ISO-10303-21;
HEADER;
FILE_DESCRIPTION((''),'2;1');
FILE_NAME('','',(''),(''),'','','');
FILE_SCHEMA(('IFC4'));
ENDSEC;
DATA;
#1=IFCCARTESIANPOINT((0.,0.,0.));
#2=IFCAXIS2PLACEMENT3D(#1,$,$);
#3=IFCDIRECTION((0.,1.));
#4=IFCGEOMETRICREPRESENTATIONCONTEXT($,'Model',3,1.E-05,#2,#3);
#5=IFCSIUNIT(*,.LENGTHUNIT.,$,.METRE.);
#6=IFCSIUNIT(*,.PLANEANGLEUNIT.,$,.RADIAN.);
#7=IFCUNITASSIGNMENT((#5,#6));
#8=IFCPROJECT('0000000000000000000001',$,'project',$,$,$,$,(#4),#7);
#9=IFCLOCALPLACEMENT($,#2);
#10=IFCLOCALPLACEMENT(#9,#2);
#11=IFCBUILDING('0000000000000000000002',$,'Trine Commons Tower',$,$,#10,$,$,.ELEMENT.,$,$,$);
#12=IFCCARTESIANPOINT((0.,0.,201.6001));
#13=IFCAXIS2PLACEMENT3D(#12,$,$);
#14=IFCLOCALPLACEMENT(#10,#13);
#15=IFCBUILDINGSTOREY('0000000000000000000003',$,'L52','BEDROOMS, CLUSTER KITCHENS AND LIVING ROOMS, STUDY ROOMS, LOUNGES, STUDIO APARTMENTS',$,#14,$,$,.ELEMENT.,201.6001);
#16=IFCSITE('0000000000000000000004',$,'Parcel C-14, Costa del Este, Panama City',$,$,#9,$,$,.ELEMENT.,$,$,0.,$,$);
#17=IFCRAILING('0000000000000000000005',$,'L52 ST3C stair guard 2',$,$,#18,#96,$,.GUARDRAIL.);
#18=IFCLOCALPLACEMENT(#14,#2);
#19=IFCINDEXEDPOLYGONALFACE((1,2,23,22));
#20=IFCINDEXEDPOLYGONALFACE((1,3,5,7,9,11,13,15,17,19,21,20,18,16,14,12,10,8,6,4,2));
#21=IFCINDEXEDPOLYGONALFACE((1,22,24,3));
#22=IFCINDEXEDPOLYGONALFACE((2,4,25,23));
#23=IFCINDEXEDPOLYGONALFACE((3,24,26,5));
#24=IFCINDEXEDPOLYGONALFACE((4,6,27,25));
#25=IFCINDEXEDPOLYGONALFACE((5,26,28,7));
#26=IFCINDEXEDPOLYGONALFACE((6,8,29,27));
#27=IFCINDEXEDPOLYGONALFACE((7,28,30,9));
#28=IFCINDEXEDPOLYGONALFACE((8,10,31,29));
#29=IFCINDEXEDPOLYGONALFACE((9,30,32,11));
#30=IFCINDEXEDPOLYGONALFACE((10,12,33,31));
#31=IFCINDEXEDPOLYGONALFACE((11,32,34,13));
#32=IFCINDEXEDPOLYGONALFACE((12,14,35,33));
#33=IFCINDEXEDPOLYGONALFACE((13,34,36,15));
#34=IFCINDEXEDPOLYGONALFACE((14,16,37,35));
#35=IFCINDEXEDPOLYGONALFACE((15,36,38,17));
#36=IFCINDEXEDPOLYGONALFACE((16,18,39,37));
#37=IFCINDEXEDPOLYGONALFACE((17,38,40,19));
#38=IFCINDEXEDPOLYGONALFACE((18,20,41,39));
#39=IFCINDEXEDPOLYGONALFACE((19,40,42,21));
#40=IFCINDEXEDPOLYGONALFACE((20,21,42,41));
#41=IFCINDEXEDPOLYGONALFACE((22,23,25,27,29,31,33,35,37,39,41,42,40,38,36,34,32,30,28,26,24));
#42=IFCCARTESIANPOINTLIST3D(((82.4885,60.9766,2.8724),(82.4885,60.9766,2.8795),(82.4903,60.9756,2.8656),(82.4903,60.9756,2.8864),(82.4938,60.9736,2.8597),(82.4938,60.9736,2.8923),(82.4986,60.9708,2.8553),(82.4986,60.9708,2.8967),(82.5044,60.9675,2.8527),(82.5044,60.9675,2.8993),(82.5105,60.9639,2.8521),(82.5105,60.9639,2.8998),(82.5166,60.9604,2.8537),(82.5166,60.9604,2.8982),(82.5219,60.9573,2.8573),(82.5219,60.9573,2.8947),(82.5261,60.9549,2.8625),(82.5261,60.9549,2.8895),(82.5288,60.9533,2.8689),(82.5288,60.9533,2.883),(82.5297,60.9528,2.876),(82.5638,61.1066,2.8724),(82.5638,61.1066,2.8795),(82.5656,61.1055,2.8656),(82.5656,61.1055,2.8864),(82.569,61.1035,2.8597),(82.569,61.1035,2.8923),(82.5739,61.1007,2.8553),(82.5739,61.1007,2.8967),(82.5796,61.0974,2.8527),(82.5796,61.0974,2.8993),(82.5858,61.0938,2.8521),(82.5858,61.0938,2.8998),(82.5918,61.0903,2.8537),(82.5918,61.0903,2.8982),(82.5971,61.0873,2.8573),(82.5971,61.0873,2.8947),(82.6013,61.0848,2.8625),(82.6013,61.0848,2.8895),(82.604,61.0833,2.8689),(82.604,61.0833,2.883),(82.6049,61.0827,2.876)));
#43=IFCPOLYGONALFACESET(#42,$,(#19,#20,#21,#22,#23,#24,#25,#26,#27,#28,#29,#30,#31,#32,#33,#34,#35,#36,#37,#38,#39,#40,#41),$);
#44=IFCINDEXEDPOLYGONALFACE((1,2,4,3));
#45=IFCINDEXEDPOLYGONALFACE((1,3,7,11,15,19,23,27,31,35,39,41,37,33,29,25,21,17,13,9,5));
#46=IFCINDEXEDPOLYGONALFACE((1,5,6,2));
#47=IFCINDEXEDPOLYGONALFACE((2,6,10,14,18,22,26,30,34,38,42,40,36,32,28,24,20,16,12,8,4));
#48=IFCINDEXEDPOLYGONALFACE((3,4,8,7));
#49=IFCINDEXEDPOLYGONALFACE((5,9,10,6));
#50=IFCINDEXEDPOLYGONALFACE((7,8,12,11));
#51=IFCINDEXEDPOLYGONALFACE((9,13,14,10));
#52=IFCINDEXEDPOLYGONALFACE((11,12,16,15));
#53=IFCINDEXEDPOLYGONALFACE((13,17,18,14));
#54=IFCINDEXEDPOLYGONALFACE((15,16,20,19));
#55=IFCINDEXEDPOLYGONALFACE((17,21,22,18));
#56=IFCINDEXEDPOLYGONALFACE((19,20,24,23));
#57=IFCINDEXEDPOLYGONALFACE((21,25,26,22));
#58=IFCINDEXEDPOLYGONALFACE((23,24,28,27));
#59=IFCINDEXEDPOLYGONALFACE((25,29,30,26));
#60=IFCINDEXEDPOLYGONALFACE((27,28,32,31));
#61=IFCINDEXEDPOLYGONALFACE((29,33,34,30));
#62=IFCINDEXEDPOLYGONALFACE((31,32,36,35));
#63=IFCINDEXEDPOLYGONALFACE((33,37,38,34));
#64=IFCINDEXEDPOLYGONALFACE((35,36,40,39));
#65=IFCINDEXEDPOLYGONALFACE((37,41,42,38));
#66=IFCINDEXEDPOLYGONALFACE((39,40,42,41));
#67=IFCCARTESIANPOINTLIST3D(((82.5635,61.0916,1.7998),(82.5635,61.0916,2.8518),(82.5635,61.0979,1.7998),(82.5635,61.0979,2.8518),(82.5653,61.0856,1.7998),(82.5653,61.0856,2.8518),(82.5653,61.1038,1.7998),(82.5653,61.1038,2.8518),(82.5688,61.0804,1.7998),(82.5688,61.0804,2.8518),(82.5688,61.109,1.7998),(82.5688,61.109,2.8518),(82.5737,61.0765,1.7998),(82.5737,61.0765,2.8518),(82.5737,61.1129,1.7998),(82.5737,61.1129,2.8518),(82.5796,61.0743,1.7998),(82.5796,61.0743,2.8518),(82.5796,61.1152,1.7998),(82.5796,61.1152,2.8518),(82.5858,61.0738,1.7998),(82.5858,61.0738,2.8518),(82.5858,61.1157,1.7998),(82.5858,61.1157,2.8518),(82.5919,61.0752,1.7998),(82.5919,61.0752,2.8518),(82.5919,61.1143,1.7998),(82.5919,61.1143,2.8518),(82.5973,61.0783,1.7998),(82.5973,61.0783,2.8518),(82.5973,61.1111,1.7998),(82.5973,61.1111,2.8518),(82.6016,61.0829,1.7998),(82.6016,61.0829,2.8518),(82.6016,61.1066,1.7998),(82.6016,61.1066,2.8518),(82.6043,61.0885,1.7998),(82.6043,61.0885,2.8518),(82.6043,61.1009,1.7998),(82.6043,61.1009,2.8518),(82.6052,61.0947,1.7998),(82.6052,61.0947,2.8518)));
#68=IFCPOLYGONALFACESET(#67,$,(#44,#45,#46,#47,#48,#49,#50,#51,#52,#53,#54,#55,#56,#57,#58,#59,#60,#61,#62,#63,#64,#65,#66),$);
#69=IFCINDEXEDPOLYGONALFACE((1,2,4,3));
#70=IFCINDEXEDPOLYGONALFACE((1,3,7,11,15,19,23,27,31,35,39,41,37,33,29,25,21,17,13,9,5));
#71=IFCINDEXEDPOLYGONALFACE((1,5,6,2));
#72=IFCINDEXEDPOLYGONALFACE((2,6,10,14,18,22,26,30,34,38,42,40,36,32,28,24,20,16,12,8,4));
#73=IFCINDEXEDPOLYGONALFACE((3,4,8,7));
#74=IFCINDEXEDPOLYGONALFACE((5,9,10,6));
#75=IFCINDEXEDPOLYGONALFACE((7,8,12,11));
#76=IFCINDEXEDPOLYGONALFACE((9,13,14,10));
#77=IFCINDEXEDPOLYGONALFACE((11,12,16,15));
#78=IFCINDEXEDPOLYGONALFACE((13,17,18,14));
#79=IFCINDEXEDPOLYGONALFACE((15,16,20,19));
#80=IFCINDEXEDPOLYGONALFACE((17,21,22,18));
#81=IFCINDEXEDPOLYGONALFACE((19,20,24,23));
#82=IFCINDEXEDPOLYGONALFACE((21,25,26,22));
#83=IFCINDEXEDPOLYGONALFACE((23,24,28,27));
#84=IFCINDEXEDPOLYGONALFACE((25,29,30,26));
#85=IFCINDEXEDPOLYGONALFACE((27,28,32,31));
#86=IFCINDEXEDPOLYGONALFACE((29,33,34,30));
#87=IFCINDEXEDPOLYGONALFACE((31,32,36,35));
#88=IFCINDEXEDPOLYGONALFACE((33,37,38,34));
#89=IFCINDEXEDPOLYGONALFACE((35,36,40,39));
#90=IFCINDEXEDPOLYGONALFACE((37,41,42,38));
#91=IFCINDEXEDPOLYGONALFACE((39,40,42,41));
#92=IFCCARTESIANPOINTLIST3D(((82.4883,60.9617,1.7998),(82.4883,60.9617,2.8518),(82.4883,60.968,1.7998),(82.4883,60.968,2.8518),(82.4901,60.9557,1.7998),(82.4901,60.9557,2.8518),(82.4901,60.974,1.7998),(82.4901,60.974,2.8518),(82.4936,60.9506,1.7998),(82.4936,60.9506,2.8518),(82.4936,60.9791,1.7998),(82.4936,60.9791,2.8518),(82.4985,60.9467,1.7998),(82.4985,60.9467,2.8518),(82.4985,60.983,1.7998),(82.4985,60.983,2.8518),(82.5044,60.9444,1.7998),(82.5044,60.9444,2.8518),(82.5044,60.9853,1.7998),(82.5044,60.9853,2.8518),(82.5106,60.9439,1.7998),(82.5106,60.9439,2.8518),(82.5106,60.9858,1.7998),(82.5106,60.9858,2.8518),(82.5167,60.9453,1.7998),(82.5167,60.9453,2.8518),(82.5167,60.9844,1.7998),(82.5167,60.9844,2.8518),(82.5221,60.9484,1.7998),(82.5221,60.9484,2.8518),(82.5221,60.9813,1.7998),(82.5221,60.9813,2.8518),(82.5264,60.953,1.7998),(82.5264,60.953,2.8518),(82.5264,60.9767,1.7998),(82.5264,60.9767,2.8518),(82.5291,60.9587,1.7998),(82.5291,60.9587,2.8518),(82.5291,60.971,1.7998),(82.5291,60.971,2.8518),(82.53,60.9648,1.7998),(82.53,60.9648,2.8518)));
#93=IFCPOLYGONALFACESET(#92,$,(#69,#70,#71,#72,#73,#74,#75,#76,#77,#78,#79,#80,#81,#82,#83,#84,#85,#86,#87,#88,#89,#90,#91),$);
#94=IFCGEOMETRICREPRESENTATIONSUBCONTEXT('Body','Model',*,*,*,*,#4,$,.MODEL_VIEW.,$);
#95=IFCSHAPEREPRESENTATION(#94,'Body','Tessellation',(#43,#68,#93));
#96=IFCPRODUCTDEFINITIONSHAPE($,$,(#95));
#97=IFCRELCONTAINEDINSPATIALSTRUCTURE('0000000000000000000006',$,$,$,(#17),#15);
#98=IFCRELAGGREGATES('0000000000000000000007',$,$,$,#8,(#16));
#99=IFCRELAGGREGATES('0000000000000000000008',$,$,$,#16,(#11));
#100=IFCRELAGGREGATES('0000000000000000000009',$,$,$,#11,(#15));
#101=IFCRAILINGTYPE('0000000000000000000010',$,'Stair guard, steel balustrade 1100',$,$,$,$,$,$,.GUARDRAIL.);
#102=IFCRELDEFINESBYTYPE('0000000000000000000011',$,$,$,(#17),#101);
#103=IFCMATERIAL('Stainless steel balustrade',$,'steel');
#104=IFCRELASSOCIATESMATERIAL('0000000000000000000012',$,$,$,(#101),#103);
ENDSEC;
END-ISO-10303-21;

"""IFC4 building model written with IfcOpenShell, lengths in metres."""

from ifc_helpers import new_model, si_unit, direction, frame, origin, origin_2d, place, context, subcontext, project, spatial, circle, extrude, material, type_object, element, save


model = new_model("IFC4")

# Units and contexts
model_context = context("Model", 3, precision=1e-05, world=origin(), true_north=direction((0.0, 1.0)))
body_context = subcontext(model_context, "Body", "Model", "MODEL_VIEW")
ifc_project = project(units=[si_unit("LENGTHUNIT", "METRE"), si_unit("PLANEANGLEUNIT", "RADIAN")], contexts=[model_context])

# Site, building, storey
site_placement = place(None, origin())
site = spatial("IfcSite", under=ifc_project, at=site_placement, Name="Parcel C-14, Costa del Este, Panama City", CompositionType="ELEMENT", RefElevation=0.0)
building_placement = place(site_placement, origin())
building = spatial("IfcBuilding", under=site, at=building_placement, Name="Trine Commons Tower", CompositionType="ELEMENT")
storey_placement = place(building_placement, frame((0.0, 0.0, 201.6001)))
storey = spatial("IfcBuildingStorey", under=building, at=storey_placement, Name="L52", Description="BEDROOMS, CLUSTER KITCHENS AND LIVING ROOMS, STUDY ROOMS, LOUNGES, STUDIO APARTMENTS", CompositionType="ELEMENT", Elevation=201.6001)

# Railing
ifc_material_1 = material(Name="Stainless steel balustrade", Category="steel")
railing_type_1 = type_object("IfcRailingType", Name="Stair guard, steel balustrade 1100", PredefinedType="GUARDRAIL", material=ifc_material_1)
railing_1_placement = place(storey_placement, frame((82.5842, 61.0947, 1.7998)))
element("IfcRailing", 1, at=railing_1_placement, inside=storey, type_object=railing_type_1, Name="L52 ST3C stair guard 2", PredefinedType="GUARDRAIL", context=body_context, shape_type="SweptSolid", body=[
    extrude(circle(Radius=0.0239, at=origin_2d()), frame((0.0, 0.0, 1.0762), z_axis=(-0.501036, -0.865426, 0.0), x_axis=(0.865426, -0.501036, 0.0)), (0.0, 0.0, 1.0), 0.1501),
    extrude(circle(Radius=0.021, at=origin_2d()), origin(), (0.0, 0.0, 1.0), 1.052),
    extrude(circle(Radius=0.021, at=origin_2d()), frame((-0.0752, -0.1299, 0.0)), (0.0, 0.0, 1.0), 1.052),
])

save(model, "model.ifc")
